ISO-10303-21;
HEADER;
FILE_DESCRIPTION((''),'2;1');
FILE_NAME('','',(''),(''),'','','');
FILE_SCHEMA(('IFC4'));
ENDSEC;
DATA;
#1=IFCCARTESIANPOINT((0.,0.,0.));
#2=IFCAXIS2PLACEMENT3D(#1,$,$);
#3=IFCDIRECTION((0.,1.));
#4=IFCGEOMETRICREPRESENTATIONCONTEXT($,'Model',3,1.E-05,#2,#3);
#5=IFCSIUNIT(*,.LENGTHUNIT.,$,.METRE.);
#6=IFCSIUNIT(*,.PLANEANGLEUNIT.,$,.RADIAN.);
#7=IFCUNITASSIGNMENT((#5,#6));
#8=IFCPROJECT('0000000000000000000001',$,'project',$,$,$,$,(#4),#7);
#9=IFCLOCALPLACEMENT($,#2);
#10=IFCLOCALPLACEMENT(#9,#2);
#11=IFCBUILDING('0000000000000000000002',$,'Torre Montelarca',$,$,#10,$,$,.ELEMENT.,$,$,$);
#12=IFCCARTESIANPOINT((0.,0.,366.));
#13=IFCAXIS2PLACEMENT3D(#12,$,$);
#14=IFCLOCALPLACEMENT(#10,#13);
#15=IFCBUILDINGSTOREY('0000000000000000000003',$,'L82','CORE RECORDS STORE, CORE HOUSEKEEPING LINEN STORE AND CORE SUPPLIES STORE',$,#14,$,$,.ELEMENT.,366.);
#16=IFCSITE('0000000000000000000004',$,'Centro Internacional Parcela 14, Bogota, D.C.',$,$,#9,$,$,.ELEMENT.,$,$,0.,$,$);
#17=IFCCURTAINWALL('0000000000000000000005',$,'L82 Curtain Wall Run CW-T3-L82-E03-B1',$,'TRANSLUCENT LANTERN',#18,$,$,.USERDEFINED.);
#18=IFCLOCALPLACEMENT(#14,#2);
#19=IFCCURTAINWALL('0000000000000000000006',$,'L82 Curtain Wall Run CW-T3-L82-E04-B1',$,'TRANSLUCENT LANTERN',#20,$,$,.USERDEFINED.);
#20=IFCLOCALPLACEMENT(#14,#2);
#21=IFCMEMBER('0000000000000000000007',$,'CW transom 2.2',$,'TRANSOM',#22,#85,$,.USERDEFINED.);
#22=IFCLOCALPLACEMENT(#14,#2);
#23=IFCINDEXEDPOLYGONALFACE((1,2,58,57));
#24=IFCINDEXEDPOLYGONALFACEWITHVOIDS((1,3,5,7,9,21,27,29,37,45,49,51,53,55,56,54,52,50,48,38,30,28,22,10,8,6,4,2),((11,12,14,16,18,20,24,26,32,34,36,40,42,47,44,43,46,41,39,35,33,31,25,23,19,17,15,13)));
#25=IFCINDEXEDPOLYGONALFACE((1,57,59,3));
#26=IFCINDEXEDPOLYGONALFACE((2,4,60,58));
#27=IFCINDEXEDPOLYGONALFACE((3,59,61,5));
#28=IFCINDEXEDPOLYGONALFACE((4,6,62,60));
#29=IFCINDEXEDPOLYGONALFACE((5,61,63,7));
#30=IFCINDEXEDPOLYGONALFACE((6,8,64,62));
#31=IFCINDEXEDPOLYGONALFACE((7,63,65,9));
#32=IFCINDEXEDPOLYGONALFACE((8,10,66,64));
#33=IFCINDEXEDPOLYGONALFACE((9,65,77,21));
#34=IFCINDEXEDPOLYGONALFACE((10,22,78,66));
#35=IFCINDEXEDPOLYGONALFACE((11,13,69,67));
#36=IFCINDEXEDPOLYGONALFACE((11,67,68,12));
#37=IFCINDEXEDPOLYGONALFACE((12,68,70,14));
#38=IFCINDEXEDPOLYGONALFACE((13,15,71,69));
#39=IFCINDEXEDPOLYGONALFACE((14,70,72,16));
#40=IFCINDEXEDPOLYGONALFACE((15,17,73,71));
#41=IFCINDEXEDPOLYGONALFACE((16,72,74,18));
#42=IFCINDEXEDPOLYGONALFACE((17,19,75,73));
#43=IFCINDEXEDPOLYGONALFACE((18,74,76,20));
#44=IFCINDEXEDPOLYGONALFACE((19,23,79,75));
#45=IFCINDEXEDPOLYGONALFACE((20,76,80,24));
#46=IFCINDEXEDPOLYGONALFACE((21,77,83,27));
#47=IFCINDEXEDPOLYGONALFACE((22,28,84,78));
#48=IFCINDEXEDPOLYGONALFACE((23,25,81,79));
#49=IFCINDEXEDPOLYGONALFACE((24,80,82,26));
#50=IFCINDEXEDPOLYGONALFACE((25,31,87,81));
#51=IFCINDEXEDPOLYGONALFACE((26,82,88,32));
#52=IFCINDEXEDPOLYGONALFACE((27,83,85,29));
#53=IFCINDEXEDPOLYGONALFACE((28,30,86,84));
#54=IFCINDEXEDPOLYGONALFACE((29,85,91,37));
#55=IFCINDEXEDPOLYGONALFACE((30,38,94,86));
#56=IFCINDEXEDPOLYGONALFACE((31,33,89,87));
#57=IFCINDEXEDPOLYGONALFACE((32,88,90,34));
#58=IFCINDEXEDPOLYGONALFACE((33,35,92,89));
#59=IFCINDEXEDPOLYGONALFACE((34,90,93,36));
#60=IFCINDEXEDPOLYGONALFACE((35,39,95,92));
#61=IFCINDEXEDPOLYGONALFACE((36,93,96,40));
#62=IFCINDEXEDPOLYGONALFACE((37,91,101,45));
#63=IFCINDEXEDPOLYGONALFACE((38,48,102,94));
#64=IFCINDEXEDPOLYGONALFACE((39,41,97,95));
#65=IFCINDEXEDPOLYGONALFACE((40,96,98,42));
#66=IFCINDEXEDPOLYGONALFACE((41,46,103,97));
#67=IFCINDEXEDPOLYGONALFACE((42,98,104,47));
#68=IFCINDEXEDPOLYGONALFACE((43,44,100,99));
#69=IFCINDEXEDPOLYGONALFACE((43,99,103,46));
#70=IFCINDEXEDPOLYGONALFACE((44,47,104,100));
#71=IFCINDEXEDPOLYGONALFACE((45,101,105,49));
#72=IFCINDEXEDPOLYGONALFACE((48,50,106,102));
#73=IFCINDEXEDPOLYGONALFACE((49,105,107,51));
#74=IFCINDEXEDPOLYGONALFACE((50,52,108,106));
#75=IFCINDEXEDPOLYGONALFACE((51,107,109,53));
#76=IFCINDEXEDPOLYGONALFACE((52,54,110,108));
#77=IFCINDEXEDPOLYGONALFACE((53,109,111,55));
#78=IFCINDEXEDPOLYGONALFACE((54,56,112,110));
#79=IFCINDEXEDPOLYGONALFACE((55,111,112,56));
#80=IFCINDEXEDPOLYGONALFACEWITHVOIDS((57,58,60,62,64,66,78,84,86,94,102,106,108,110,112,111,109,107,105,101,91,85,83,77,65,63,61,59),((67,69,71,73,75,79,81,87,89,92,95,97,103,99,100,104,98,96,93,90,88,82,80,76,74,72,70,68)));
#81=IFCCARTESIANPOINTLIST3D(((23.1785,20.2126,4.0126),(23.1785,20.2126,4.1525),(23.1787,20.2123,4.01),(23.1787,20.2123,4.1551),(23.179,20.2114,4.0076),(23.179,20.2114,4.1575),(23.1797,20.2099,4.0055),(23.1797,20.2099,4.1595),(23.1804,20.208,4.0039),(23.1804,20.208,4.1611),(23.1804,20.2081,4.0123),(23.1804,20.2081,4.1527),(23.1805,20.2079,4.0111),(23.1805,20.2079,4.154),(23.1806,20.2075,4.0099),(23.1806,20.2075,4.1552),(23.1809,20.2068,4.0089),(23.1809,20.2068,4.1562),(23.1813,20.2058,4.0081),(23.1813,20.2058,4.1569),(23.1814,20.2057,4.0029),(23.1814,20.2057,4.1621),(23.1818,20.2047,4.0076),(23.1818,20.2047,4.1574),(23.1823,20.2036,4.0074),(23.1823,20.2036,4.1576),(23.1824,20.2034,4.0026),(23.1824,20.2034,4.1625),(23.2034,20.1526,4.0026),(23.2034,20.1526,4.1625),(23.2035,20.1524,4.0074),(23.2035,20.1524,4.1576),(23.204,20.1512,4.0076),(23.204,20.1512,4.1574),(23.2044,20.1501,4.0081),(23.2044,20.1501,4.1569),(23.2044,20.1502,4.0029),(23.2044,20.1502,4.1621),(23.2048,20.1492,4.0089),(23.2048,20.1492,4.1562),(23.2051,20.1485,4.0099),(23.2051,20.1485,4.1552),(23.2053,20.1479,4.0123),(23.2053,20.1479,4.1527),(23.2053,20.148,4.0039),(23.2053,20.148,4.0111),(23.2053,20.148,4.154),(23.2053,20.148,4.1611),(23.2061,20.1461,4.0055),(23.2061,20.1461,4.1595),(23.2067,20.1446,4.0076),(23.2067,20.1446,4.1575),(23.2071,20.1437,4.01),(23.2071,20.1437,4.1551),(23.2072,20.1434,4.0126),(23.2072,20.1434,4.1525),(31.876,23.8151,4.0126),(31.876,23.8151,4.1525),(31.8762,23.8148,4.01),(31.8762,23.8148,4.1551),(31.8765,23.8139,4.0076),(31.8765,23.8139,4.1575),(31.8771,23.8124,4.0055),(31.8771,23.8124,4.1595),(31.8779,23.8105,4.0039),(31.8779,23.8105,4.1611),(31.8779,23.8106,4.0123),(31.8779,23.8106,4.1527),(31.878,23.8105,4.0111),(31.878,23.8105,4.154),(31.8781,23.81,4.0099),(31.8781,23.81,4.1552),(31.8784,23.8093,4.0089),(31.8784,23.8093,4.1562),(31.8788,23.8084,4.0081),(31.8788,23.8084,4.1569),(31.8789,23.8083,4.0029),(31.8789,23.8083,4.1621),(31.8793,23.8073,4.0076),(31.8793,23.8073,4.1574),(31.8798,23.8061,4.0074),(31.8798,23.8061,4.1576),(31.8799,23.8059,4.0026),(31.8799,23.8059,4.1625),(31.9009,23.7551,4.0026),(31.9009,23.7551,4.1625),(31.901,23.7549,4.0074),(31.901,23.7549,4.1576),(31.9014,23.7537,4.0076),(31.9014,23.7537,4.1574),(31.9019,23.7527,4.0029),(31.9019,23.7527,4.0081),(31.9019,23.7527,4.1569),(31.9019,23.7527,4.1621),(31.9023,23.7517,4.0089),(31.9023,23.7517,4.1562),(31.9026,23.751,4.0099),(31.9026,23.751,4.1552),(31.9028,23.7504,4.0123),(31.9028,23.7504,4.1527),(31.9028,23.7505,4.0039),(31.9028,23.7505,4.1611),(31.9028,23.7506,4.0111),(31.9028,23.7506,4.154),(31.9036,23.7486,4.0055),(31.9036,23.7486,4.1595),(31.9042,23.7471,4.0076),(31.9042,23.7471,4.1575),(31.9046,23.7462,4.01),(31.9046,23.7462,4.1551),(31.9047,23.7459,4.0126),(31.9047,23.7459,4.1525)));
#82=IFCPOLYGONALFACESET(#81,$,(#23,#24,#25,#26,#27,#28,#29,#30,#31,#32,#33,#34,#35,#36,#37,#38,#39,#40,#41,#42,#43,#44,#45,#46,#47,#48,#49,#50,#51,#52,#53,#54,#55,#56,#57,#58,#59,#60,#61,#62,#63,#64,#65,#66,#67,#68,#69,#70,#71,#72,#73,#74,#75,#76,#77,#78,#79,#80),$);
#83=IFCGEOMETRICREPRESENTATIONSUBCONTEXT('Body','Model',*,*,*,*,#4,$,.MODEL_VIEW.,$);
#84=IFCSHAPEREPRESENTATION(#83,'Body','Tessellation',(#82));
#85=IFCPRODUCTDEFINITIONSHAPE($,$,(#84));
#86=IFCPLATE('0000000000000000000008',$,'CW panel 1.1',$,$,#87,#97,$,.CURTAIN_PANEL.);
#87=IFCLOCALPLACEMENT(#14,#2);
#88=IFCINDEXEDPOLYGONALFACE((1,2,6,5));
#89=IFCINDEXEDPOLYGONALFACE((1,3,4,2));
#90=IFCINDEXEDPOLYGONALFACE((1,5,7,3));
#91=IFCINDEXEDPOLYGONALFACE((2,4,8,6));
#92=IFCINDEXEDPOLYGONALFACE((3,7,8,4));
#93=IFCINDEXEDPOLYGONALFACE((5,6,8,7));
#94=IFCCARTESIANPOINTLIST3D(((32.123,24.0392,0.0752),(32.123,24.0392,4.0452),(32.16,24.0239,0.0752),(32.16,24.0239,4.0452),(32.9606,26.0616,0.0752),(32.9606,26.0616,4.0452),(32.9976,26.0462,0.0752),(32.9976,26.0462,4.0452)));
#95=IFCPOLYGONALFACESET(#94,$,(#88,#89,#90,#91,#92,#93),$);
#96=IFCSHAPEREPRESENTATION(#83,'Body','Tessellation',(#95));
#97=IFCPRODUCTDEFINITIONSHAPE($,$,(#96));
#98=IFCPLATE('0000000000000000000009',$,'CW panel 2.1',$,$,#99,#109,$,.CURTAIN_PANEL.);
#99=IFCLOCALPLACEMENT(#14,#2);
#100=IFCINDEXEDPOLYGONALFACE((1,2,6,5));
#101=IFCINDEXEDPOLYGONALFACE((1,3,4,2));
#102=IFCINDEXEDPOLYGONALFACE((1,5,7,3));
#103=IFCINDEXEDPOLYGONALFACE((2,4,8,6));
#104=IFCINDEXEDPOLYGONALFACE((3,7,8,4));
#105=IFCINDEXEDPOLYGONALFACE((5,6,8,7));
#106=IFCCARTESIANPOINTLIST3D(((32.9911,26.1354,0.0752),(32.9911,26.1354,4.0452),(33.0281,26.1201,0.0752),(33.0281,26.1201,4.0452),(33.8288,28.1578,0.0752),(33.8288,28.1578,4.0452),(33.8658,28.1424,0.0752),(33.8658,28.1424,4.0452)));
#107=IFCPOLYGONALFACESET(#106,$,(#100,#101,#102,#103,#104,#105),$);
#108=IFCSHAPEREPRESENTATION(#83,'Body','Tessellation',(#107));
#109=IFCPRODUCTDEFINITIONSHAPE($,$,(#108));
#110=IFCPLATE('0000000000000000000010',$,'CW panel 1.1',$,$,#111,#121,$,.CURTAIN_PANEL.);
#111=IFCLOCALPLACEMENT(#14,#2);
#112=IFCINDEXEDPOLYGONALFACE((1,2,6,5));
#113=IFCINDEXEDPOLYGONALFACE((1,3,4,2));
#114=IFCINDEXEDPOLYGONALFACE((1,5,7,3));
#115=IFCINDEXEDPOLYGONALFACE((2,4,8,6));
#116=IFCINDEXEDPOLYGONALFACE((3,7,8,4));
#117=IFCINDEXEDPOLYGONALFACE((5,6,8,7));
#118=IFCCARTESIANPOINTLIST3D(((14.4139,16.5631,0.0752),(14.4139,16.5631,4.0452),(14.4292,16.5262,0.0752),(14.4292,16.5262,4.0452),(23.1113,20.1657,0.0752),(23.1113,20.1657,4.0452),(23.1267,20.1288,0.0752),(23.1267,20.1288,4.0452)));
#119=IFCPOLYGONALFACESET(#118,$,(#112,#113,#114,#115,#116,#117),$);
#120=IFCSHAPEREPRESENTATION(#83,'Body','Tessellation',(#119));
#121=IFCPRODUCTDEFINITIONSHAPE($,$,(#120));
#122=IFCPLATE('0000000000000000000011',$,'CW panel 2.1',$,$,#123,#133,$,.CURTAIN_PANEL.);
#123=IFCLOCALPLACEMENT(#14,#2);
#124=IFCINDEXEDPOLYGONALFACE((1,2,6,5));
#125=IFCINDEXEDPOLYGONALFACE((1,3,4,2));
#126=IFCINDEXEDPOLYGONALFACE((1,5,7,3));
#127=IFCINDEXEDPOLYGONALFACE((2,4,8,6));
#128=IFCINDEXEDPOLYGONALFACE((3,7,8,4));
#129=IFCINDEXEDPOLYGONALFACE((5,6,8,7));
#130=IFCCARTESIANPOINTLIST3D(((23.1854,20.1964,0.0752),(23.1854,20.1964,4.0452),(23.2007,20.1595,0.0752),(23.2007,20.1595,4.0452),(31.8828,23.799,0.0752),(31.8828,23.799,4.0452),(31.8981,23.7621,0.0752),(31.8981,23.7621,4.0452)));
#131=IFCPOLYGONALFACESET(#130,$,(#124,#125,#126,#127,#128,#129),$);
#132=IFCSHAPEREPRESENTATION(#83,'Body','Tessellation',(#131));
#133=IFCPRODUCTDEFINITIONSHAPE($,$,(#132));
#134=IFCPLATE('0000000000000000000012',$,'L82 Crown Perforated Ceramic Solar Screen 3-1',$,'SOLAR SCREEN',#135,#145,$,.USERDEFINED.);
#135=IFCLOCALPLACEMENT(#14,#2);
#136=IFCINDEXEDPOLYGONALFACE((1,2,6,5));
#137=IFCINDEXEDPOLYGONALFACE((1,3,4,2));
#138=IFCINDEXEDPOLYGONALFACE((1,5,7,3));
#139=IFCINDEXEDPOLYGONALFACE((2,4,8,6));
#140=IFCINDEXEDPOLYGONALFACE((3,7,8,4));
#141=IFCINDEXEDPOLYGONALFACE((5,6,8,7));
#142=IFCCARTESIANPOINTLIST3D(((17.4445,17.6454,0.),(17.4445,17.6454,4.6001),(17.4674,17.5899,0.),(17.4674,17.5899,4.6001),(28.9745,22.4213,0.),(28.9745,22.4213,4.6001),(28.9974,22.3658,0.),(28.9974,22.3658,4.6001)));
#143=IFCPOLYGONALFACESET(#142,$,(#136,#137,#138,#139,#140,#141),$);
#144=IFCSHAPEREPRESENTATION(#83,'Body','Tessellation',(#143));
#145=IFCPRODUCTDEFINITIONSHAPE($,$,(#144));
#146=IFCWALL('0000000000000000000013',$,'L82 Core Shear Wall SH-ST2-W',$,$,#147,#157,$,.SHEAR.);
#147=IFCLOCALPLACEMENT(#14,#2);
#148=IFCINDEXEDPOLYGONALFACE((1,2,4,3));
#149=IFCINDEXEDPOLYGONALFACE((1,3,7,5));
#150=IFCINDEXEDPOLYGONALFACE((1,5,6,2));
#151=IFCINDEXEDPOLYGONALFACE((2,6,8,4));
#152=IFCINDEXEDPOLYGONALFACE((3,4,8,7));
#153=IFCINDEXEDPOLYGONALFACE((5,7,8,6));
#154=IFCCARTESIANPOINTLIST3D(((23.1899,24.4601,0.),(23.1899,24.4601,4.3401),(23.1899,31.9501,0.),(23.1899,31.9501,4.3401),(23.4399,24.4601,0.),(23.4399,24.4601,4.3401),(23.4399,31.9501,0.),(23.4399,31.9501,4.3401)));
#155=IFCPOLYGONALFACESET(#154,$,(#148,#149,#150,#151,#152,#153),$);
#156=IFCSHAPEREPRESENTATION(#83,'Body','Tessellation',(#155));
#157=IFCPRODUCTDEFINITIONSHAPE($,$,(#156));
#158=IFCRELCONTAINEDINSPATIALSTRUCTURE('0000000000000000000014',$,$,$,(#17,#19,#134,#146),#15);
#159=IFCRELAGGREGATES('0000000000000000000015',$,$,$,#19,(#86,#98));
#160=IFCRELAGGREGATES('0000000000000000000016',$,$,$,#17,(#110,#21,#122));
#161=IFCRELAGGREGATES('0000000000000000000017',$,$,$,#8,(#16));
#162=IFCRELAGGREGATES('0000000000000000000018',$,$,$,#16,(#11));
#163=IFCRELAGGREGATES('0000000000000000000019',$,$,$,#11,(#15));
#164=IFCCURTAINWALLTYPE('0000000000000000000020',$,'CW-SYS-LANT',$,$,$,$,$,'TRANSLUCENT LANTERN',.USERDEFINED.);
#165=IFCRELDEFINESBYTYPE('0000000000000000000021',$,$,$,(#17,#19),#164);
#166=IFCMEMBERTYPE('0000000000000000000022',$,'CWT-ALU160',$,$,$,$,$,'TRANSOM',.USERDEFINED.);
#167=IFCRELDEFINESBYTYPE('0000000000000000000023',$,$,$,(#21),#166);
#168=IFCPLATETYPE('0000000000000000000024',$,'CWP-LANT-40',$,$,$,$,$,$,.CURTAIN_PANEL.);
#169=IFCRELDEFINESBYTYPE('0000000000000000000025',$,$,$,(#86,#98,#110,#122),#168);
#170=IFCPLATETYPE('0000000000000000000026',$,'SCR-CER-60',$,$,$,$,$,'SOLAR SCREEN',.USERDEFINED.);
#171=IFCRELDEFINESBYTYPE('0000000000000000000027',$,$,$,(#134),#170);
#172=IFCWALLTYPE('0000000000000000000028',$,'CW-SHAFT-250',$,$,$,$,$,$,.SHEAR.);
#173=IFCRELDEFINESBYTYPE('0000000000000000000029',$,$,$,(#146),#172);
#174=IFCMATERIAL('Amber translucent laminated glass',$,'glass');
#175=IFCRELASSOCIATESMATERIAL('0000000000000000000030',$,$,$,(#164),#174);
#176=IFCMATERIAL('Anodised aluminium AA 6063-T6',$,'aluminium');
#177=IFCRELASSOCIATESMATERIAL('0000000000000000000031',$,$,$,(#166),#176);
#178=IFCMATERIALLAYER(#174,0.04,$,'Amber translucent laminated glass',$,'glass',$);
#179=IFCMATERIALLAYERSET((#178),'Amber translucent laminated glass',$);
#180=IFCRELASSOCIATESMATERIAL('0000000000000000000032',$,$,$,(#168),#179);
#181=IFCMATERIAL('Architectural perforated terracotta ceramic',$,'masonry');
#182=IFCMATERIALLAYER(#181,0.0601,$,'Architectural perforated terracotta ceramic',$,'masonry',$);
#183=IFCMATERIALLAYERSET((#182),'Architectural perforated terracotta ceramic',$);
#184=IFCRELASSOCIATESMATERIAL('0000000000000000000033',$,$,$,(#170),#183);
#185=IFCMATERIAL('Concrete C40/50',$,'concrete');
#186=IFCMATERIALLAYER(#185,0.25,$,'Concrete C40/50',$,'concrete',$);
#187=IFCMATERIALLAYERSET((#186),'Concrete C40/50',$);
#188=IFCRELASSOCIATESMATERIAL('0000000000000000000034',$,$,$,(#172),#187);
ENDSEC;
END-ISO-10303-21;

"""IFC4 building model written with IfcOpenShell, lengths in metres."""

from ifc_helpers import new_model, si_unit, direction, frame, frame_2d, origin, origin_2d, place, context, subcontext, project, spatial, rectangle, hollow_rectangle, extrude, source, transform, mapped, material, layer, layer_set, material_profile, profile_set, type_object, element, aggregate, save


model = new_model("IFC4")

# Units and contexts
model_context = context("Model", 3, precision=1e-05, world=origin(), true_north=direction((0.0, 1.0)))
body_context = subcontext(model_context, "Body", "Model", "MODEL_VIEW")
ifc_project = project(units=[si_unit("LENGTHUNIT", "METRE"), si_unit("PLANEANGLEUNIT", "RADIAN")], contexts=[model_context])

# Site, building, storey
site_placement = place(None, origin())
site = spatial("IfcSite", under=ifc_project, at=site_placement, Name="Centro Internacional Parcela 14, Bogota, D.C.", CompositionType="ELEMENT", RefElevation=0.0)
building_placement = place(site_placement, origin())
building = spatial("IfcBuilding", under=site, at=building_placement, Name="Torre Montelarca", CompositionType="ELEMENT")
storey_placement = place(building_placement, frame((0.0, 0.0, 366.0)))
storey = spatial("IfcBuildingStorey", under=building, at=storey_placement, Name="L82", Description="CORE RECORDS STORE, CORE HOUSEKEEPING LINEN STORE AND CORE SUPPLIES STORE", CompositionType="ELEMENT", Elevation=366.0)

# Curtain walls
ifc_material_1 = material(Name="Amber translucent laminated glass", Category="glass")
curtain_wall_type = type_object("IfcCurtainWallType", Name="CW-SYS-LANT", ElementType="TRANSLUCENT LANTERN", PredefinedType="USERDEFINED", material=ifc_material_1)
curtain_wall_1_placement = place(storey_placement, origin())
curtain_wall_1 = element("IfcCurtainWall", 1, at=curtain_wall_1_placement, inside=storey, type_object=curtain_wall_type, Name="L82 Curtain Wall Run CW-T3-L82-E03-B1", ObjectType="TRANSLUCENT LANTERN", PredefinedType="USERDEFINED")
ifc_material_2 = material(Name="Anodised aluminium AA 6063-T6", Category="aluminium")
curtain_wall_2_placement = place(storey_placement, origin())
curtain_wall_2 = element("IfcCurtainWall", 2, at=curtain_wall_2_placement, inside=storey, type_object=curtain_wall_type, Name="L82 Curtain Wall Run CW-T3-L82-E04-B1", ObjectType="TRANSLUCENT LANTERN", PredefinedType="USERDEFINED")
ifc_material_profile_1 = material_profile(ifc_material_2, hollow_rectangle(XDim=0.075, YDim=0.1599, WallThickness=0.0049, InnerFilletRadius=0.0049, OuterFilletRadius=0.01, at=origin_2d()), Name="ALU75X160X5", Category="aluminium")
ifc_profile_set_1 = profile_set([ifc_material_profile_1], Name="Anodised aluminium AA 6063-T6")
member_type_1 = type_object("IfcMemberType", Name="CWT-ALU160", ElementType="TRANSOM", PredefinedType="USERDEFINED", material=ifc_profile_set_1)

# Member
shared_shape_1 = source(origin(), body_context, "Body", "SweptSolid", [
    extrude(hollow_rectangle(XDim=0.075, YDim=0.1599, WallThickness=0.0049, InnerFilletRadius=0.0049, OuterFilletRadius=0.01, at=origin_2d()), origin(), (0.0, 0.0, 1.0), 9.4141),
])
member_1_placement = place(storey_placement, frame((23.1929, 20.178, 4.0825), z_axis=(0.923883, 0.382676, 0.0), x_axis=(-0.382676, 0.923883, 0.0)))
member_1 = element("IfcMember", 3, at=member_1_placement, type_object=member_type_1, Name="CW transom 2.2", ObjectType="TRANSOM", PredefinedType="USERDEFINED", context=body_context, shape_type="MappedRepresentation", body=[
    mapped(shared_shape_1, transform((0.0, 0.0, 0.0), scale=1.0)),
])

# Plates
ifc_layer_1 = layer(ifc_material_1, 0.04, Name="Amber translucent laminated glass", Category="glass")
ifc_layer_set_1 = layer_set([ifc_layer_1], Name="Amber translucent laminated glass")
plate_type_1 = type_object("IfcPlateType", Name="CWP-LANT-40", PredefinedType="CURTAIN_PANEL", material=ifc_layer_set_1)
shared_shape_2 = source(origin(), body_context, "Body", "SweptSolid", [
    extrude(rectangle(XDim=2.189, YDim=0.04, at=origin_2d()), origin(), (0.0, 0.0, 1.0), 3.97),
])
plate_1_placement = place(storey_placement, frame((32.5603, 25.0427, 0.0752), z_axis=(0.0, 0.0, 1.0), x_axis=(0.382676, 0.923883, 0.0)))
plate_1 = element("IfcPlate", 4, at=plate_1_placement, type_object=plate_type_1, Name="CW panel 1.1", PredefinedType="CURTAIN_PANEL", context=body_context, shape_type="MappedRepresentation", body=[
    mapped(shared_shape_2, transform((0.0, 0.0, 0.0), scale=1.0)),
])
plate_2_placement = place(storey_placement, frame((33.4285, 27.1389, 0.0752), z_axis=(0.0, 0.0, 1.0), x_axis=(0.382676, 0.923883, 0.0)))
plate_2 = element("IfcPlate", 5, at=plate_2_placement, type_object=plate_type_1, Name="CW panel 2.1", PredefinedType="CURTAIN_PANEL", context=body_context, shape_type="MappedRepresentation", body=[
    mapped(shared_shape_2, transform((0.0, 0.0, 0.0), scale=1.0)),
])
aggregate(curtain_wall_2, [plate_1, plate_2])
shared_shape_3 = source(origin(), body_context, "Body", "SweptSolid", [
    extrude(rectangle(XDim=9.4141, YDim=0.04, at=origin_2d()), origin(), (0.0, 0.0, 1.0), 3.97),
])
plate_3_placement = place(storey_placement, frame((18.7703, 18.3459, 0.0752), z_axis=(0.0, 0.0, 1.0), x_axis=(0.92388, 0.382683, 0.0)))
plate_3 = element("IfcPlate", 6, at=plate_3_placement, type_object=plate_type_1, Name="CW panel 1.1", PredefinedType="CURTAIN_PANEL", context=body_context, shape_type="MappedRepresentation", body=[
    mapped(shared_shape_3, transform((0.0, 0.0, 0.0), scale=1.0)),
])
plate_4_placement = place(storey_placement, frame((27.5417, 21.9792, 0.0752), z_axis=(0.0, 0.0, 1.0), x_axis=(0.92388, 0.382683, 0.0)))
plate_4 = element("IfcPlate", 7, at=plate_4_placement, type_object=plate_type_1, Name="CW panel 2.1", PredefinedType="CURTAIN_PANEL", context=body_context, shape_type="MappedRepresentation", body=[
    mapped(shared_shape_3, transform((0.0, 0.0, 0.0), scale=1.0)),
])
aggregate(curtain_wall_1, [plate_3, member_1, plate_4])
ifc_material_3 = material(Name="Architectural perforated terracotta ceramic", Category="masonry")
ifc_layer_2 = layer(ifc_material_3, 0.0601, Name="Architectural perforated terracotta ceramic", Category="masonry")
ifc_layer_set_2 = layer_set([ifc_layer_2], Name="Architectural perforated terracotta ceramic")
plate_type_2 = type_object("IfcPlateType", Name="SCR-CER-60", ElementType="SOLAR SCREEN", PredefinedType="USERDEFINED", material=ifc_layer_set_2)
shared_shape_4 = source(origin(), body_context, "Body", "SweptSolid", [
    extrude(rectangle(XDim=12.48, YDim=0.0601, at=origin_2d()), origin(), (0.0, 0.0, 1.0), 4.6001),
])
plate_5_placement = place(storey_placement, frame((23.2209, 20.0056, 0.0), z_axis=(0.0, 0.0, 1.0), x_axis=(0.923879, 0.382685, 0.0)))
element("IfcPlate", 8, at=plate_5_placement, inside=storey, type_object=plate_type_2, Name="L82 Crown Perforated Ceramic Solar Screen 3-1", ObjectType="SOLAR SCREEN", PredefinedType="USERDEFINED", context=body_context, shape_type="MappedRepresentation", body=[
    mapped(shared_shape_4, transform((0.0, 0.0, 0.0), scale=1.0)),
])

# Wall
ifc_material_4 = material(Name="Concrete C40/50", Category="concrete")
ifc_layer_3 = layer(ifc_material_4, 0.25, Name="Concrete C40/50", Category="concrete")
ifc_layer_set_3 = layer_set([ifc_layer_3], Name="Concrete C40/50")
wall_type_1 = type_object("IfcWallType", Name="CW-SHAFT-250", PredefinedType="SHEAR", material=ifc_layer_set_3)
wall_1_placement = place(storey_placement, frame((23.3149, 24.46, 0.0), z_axis=(0.0, 0.0, 1.0), x_axis=(0.0, 1.0, 0.0)))
element("IfcWall", 9, at=wall_1_placement, inside=storey, type_object=wall_type_1, Name="L82 Core Shear Wall SH-ST2-W", PredefinedType="SHEAR", context=body_context, shape_type="SweptSolid", body=[
    extrude(rectangle(XDim=7.49, YDim=0.25, at=frame_2d((3.7451, 0.0))), origin(), (0.0, 0.0, 1.0), 4.3401),
])

save(model, "model.ifc")
